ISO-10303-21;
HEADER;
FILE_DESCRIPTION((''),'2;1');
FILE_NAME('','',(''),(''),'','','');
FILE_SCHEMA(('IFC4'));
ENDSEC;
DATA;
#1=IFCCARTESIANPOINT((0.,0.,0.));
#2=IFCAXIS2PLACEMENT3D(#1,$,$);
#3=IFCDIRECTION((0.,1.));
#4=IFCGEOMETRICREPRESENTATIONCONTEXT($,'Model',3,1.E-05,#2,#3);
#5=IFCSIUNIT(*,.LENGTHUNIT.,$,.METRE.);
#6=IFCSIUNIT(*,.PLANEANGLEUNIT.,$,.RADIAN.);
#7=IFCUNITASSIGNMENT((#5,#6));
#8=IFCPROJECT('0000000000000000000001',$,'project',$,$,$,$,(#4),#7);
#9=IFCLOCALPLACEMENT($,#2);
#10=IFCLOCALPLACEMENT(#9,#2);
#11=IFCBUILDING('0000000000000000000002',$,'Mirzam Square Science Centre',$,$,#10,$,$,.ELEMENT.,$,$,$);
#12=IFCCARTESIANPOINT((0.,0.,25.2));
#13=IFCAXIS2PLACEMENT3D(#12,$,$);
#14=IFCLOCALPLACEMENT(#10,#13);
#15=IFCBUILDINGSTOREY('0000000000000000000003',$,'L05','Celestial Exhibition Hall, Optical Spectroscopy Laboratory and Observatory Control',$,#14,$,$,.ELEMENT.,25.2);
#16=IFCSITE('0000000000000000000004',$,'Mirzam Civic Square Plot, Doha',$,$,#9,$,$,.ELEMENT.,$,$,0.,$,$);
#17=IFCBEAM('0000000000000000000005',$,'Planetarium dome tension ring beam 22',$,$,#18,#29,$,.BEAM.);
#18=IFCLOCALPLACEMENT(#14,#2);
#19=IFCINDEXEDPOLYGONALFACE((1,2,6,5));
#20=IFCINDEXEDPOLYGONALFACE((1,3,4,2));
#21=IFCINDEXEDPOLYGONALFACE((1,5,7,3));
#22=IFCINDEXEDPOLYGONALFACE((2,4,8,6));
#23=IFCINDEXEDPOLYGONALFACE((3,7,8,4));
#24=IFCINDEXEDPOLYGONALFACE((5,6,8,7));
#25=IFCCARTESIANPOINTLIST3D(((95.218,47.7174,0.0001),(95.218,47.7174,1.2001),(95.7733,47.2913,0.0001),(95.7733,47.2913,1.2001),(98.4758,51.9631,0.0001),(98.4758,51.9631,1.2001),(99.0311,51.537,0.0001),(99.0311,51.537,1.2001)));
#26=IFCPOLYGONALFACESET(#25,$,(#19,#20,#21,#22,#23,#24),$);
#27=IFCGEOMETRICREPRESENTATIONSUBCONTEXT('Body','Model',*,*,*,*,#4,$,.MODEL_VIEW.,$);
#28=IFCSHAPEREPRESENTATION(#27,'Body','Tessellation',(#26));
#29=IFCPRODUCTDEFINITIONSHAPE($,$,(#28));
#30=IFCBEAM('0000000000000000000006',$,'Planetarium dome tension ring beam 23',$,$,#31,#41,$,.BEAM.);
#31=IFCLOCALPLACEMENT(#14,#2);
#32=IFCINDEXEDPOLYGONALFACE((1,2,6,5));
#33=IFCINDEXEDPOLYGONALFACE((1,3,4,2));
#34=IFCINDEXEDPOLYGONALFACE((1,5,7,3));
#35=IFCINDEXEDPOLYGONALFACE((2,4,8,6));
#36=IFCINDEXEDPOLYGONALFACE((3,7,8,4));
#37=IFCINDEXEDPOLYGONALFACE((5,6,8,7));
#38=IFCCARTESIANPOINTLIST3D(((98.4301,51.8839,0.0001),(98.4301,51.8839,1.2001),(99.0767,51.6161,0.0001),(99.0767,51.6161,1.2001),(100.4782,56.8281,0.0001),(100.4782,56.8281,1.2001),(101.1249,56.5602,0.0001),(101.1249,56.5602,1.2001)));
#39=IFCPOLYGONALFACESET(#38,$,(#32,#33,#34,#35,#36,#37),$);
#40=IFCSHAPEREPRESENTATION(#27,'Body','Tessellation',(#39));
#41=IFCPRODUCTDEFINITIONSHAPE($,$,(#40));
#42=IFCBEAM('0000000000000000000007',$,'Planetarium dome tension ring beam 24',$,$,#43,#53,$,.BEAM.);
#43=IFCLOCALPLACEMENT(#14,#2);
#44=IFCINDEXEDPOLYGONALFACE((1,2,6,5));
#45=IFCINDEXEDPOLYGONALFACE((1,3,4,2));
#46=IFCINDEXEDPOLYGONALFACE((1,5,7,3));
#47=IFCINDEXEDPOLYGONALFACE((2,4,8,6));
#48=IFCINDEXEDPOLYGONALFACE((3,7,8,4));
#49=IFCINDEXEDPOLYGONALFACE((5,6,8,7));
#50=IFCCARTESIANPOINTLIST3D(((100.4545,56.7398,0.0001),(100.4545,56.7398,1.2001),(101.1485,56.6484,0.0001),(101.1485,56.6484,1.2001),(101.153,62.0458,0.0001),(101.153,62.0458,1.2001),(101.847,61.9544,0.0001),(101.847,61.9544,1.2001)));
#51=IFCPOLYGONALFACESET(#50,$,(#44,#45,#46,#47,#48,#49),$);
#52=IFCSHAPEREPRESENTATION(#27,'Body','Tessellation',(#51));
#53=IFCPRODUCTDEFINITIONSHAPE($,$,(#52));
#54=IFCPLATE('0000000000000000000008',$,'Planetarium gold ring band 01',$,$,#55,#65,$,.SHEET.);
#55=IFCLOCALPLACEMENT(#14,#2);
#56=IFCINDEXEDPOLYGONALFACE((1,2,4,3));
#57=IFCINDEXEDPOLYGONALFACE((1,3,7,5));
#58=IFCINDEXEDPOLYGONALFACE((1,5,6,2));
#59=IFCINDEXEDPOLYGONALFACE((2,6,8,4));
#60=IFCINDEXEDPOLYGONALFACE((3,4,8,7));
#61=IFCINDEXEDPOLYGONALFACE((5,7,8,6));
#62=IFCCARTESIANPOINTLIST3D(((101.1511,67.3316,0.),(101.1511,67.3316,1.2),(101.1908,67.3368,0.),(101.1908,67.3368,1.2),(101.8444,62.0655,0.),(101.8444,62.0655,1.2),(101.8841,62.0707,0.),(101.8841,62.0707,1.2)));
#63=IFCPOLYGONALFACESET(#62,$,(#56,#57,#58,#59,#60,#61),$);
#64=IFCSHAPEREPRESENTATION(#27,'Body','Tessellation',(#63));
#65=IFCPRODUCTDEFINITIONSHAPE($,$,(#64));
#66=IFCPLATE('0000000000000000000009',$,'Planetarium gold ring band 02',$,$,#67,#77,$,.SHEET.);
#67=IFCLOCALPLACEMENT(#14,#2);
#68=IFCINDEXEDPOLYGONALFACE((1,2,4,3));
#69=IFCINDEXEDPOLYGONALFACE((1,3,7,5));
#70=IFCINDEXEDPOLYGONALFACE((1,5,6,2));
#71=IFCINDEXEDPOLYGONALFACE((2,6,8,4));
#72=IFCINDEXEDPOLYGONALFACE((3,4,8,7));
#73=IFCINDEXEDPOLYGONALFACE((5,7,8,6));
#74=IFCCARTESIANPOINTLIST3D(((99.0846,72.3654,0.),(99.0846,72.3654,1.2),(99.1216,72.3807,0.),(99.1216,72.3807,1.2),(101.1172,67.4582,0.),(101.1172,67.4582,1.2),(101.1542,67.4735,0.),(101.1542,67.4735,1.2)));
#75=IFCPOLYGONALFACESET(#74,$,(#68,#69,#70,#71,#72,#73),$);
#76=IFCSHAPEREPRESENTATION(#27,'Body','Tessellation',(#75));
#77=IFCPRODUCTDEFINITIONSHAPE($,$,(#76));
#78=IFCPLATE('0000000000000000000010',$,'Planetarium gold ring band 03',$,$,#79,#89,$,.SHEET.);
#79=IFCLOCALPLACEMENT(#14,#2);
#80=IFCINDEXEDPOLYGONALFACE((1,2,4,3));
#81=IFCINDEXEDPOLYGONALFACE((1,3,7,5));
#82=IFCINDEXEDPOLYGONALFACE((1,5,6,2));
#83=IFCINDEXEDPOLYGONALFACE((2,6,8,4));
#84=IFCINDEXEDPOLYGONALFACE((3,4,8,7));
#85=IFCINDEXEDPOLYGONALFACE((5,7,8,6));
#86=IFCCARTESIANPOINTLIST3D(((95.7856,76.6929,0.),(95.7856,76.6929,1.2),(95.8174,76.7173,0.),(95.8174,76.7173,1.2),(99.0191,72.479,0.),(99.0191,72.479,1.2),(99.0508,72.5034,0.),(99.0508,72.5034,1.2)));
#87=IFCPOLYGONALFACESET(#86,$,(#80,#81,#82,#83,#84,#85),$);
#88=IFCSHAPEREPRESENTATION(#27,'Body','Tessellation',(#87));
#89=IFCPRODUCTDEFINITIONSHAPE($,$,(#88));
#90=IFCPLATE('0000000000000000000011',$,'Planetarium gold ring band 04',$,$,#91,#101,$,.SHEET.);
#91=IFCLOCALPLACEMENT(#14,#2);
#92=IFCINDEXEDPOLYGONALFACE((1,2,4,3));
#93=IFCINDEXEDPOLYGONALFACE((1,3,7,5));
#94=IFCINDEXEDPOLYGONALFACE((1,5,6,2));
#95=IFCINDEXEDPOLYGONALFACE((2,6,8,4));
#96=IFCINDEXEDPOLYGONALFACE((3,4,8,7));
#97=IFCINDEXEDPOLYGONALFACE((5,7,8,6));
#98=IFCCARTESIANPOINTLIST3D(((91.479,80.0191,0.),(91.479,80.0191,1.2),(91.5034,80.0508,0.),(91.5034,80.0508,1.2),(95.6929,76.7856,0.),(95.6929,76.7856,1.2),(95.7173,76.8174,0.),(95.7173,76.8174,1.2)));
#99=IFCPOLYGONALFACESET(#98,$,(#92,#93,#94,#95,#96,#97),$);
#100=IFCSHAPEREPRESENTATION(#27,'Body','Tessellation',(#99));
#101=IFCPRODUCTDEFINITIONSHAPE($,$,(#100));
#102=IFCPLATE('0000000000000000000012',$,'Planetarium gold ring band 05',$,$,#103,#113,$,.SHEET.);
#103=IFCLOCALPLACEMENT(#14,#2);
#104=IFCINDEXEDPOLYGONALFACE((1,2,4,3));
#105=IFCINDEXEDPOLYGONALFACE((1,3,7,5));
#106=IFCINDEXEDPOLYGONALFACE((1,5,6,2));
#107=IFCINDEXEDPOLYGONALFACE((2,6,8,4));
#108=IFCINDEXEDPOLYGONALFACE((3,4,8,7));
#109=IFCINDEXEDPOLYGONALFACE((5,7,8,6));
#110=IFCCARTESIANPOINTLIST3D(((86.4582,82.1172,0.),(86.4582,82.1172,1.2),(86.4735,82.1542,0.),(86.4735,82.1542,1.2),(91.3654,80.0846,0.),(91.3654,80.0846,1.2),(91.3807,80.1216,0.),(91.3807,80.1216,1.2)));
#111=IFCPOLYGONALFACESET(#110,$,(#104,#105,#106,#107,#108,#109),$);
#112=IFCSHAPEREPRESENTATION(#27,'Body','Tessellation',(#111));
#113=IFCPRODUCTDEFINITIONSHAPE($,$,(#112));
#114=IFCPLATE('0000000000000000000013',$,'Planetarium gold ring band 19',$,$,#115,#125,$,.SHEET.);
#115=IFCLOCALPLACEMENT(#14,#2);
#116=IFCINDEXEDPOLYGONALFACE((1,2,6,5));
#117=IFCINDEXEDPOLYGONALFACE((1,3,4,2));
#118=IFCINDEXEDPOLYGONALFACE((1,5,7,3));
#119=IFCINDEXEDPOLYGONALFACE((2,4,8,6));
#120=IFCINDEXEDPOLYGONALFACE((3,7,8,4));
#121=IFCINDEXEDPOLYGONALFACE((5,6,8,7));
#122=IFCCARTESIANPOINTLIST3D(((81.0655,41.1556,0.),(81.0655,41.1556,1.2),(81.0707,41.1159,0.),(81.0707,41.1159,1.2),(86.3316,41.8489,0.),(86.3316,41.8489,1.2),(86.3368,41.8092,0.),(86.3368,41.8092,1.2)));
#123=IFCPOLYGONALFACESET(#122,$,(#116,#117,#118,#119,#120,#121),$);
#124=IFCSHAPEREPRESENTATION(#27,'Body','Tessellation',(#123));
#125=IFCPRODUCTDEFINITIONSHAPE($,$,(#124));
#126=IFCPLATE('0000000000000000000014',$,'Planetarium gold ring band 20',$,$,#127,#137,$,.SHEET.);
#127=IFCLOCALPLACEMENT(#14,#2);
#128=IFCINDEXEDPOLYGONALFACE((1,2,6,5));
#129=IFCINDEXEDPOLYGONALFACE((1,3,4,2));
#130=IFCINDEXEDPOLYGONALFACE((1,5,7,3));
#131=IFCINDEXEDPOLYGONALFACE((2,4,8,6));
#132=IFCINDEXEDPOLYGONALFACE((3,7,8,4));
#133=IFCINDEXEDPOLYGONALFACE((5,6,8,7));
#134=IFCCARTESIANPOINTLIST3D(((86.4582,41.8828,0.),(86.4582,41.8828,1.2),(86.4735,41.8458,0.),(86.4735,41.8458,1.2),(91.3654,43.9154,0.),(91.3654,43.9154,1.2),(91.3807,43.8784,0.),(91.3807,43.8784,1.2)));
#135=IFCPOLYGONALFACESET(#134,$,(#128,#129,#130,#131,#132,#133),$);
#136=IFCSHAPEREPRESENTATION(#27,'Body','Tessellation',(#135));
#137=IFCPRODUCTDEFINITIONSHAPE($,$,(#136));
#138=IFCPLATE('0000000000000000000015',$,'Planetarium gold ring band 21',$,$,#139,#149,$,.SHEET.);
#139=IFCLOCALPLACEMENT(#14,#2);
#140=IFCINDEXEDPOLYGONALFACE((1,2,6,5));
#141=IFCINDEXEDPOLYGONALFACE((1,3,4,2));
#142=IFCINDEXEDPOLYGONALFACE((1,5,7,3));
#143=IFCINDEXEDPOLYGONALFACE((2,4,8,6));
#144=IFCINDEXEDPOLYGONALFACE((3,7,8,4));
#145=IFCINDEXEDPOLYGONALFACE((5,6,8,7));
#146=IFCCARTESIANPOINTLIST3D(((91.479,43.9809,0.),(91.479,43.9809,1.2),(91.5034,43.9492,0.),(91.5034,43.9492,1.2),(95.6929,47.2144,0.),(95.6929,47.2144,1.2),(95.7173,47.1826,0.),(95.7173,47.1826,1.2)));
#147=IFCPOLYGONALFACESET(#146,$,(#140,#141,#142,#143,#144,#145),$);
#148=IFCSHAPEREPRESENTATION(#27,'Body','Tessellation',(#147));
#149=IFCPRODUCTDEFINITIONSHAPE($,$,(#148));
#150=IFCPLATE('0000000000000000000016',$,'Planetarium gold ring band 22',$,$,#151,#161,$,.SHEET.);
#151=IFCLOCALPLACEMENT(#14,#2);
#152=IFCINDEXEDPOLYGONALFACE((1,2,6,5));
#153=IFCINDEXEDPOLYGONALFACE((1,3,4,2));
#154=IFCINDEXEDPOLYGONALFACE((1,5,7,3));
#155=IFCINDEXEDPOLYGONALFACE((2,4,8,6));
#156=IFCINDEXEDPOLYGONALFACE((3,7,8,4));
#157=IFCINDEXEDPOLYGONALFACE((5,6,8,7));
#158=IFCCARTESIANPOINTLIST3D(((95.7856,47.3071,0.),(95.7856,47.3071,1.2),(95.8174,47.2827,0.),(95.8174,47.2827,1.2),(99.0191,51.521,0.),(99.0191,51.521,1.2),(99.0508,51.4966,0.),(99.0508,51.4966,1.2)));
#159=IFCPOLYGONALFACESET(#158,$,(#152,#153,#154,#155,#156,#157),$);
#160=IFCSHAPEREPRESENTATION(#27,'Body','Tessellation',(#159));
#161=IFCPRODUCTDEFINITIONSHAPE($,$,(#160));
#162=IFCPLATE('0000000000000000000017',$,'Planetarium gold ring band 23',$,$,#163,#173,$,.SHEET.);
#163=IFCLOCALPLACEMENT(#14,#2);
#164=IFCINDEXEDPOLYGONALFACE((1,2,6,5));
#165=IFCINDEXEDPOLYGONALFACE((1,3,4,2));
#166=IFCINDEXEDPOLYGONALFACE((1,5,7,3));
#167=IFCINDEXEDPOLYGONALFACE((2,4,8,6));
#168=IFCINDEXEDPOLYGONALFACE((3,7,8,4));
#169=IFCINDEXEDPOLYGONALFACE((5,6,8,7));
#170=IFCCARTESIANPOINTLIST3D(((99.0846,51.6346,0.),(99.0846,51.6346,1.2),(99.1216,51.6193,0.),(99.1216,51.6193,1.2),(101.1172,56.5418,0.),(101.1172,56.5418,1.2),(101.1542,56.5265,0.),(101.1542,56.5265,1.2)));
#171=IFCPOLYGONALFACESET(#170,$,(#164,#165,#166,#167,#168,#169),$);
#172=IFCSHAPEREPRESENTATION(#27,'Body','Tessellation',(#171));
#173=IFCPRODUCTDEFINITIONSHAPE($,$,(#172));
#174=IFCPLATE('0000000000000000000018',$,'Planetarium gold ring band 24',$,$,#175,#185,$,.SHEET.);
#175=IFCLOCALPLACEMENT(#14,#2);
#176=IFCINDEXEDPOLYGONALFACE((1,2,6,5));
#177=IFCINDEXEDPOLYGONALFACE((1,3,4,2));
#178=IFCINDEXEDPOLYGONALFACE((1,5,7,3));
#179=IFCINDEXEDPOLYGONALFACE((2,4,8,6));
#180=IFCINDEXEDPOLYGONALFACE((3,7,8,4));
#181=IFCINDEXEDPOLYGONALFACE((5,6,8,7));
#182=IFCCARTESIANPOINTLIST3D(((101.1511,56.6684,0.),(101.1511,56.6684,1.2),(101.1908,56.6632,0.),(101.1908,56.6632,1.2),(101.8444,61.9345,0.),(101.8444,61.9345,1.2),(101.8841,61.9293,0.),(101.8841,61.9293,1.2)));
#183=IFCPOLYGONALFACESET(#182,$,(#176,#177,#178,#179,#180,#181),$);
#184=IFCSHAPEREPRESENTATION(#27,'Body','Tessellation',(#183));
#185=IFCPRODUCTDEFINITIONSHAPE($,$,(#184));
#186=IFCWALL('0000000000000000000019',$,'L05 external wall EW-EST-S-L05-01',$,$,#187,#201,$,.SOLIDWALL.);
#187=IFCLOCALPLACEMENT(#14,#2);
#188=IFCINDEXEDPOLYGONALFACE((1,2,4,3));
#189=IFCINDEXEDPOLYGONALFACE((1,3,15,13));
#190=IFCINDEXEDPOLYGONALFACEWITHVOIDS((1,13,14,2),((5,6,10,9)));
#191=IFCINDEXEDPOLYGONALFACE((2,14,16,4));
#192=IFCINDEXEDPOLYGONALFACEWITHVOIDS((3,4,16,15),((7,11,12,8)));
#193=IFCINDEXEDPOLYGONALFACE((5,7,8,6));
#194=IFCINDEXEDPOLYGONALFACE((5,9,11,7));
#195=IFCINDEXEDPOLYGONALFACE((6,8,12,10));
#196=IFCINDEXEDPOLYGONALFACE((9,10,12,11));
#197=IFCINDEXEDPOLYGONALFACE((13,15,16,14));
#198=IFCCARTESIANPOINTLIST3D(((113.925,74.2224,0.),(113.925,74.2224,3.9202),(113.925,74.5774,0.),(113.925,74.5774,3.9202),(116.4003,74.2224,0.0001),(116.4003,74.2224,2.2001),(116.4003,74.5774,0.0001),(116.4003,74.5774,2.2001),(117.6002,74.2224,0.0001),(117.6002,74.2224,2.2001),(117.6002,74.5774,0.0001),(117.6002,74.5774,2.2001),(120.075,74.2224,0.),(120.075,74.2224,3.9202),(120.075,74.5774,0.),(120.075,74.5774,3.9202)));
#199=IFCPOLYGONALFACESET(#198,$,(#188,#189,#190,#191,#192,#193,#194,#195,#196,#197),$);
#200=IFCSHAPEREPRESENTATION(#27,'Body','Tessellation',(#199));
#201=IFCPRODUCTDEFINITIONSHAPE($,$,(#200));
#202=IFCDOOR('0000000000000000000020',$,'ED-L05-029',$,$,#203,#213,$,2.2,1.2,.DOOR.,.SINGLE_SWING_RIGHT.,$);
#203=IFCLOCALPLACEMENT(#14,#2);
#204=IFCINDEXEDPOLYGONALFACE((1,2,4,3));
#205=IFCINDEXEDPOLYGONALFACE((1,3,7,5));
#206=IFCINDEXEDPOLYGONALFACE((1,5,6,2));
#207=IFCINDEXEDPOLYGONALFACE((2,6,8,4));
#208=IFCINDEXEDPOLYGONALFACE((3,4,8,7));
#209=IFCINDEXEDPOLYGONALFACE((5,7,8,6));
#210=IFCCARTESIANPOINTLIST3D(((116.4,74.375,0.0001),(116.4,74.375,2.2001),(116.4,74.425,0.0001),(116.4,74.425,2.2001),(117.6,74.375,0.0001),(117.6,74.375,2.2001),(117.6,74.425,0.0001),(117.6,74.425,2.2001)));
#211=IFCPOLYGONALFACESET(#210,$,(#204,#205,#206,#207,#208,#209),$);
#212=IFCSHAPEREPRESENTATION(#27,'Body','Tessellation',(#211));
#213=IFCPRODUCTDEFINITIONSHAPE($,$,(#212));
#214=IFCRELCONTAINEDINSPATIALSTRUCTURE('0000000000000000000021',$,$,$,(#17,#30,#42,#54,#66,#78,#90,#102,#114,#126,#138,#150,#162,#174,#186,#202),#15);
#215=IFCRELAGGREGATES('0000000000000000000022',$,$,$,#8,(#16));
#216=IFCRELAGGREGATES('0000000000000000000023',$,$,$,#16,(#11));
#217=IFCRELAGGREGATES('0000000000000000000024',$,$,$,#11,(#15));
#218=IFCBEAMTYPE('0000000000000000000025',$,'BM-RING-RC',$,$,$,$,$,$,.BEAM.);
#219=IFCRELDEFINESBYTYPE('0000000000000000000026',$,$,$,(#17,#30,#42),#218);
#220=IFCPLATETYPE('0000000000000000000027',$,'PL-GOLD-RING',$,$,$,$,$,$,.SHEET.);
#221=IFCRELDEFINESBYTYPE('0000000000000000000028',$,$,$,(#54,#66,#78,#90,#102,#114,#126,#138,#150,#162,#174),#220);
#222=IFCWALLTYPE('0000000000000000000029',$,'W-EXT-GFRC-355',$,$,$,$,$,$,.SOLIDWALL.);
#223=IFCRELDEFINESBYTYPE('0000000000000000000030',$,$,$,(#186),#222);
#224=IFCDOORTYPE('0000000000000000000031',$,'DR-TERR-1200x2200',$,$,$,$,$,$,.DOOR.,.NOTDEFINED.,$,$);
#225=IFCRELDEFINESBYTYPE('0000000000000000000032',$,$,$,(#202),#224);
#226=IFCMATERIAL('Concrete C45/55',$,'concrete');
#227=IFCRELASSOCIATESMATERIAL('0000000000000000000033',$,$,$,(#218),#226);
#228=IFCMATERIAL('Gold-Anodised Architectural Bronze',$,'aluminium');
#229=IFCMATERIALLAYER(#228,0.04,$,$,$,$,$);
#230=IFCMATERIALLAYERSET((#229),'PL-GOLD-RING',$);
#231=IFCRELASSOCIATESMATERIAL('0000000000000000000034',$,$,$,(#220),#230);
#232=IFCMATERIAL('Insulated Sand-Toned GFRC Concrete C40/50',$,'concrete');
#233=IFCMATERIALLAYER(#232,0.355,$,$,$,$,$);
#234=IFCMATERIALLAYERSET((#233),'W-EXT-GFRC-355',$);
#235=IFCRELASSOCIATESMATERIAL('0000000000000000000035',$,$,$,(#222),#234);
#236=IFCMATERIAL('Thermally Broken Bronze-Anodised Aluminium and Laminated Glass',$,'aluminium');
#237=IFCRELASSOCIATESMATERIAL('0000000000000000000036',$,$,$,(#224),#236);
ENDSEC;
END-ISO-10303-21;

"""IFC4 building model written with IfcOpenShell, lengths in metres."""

from ifc_helpers import new_model, si_unit, direction, frame, frame_2d, origin, origin_2d, place, context, subcontext, project, spatial, rectangle, extrude, material, layer, layer_set, material_profile, profile_set, type_object, element, fill, save


model = new_model("IFC4")

# Units and contexts
model_context = context("Model", 3, precision=1e-05, world=origin(), true_north=direction((0.0, 1.0)))
body_context = subcontext(model_context, "Body", "Model", "MODEL_VIEW")
ifc_project = project(units=[si_unit("LENGTHUNIT", "METRE"), si_unit("PLANEANGLEUNIT", "RADIAN")], contexts=[model_context])

# Site, building, storey
site_placement = place(None, origin())
site = spatial("IfcSite", under=ifc_project, at=site_placement, Name="Mirzam Civic Square Plot, Doha", CompositionType="ELEMENT", RefElevation=0.0)
building_placement = place(site_placement, origin())
building = spatial("IfcBuilding", under=site, at=building_placement, Name="Mirzam Square Science Centre", CompositionType="ELEMENT")
storey_placement = place(building_placement, frame((0.0, 0.0, 25.2)))
storey = spatial("IfcBuildingStorey", under=building, at=storey_placement, Name="L05", Description="Celestial Exhibition Hall, Optical Spectroscopy Laboratory and Observatory Control", CompositionType="ELEMENT", Elevation=25.2)

# Beams
ifc_material_1 = material(Name="Concrete C45/55", Category="concrete")
ifc_material_profile_1 = material_profile(ifc_material_1, rectangle(XDim=0.7, YDim=1.2, at=origin_2d()), Name="RC700x1200")
ifc_profile_set_1 = profile_set([ifc_material_profile_1], Name="Concrete C45/55")
beam_type = type_object("IfcBeamType", Name="BM-RING-RC", PredefinedType="BEAM", material=ifc_profile_set_1)
for number, where, z_axis, x_axis, name in (
    (1, (95.4956, 47.5044, 0.6001), (0.608767, 0.793349, 0.0), (-0.793349, 0.608767, 0.0), "Planetarium dome tension ring beam 22"),
    (2, (98.7534, 51.75, 0.6001), (0.382713, 0.923867, 0.0), (-0.923867, 0.382713, 0.0), "Planetarium dome tension ring beam 23"),
):
    element("IfcBeam", number, at=place(storey_placement, frame(where, z_axis=z_axis, x_axis=x_axis)), inside=storey, type_object=beam_type, Name=name, PredefinedType="BEAM", context=body_context, shape_type="SweptSolid", body=[
        extrude(rectangle(XDim=0.7, YDim=1.2, at=origin_2d()), origin(), (0.0, 0.0, 1.0), 5.3516),
    ])
beam_1_placement = place(storey_placement, frame((100.8015, 56.6941, 0.6001), z_axis=(0.130517, 0.991446, 0.0), x_axis=(-0.991446, 0.130517, 0.0)))
element("IfcBeam", 3, at=beam_1_placement, inside=storey, type_object=beam_type, Name="Planetarium dome tension ring beam 24", PredefinedType="BEAM", context=body_context, shape_type="SweptSolid", body=[
    extrude(rectangle(XDim=0.7, YDim=1.2, at=origin_2d()), origin(), (0.0, 0.0, 1.0), 5.3518),
])

# Plates
ifc_material_2 = material(Name="Gold-Anodised Architectural Bronze", Category="aluminium")
ifc_layer_1 = layer(ifc_material_2, 0.04)
ifc_layer_set_1 = layer_set([ifc_layer_1], Name="PL-GOLD-RING")
plate_type = type_object("IfcPlateType", Name="PL-GOLD-RING", PredefinedType="SHEET", material=ifc_layer_set_1)
for number, where, z_axis, x_axis, name in (
    (4, (101.5176, 64.7012, 0.0), (0.0, 0.0, 1.0), (-0.130526, 0.991445, 0.0), "Planetarium gold ring band 01"),
    (5, (100.1194, 69.9194, 0.0), (0.0, 0.0, 1.0), (-0.382683, 0.92388, 0.0), "Planetarium gold ring band 02"),
    (6, (97.4182, 74.5981, 0.0), (0.0, 0.0, 1.0), (-0.608761, 0.793353, 0.0), "Planetarium gold ring band 03"),
    (7, (93.5981, 78.4182, 0.0), (0.0, 0.0, 1.0), (-0.793353, 0.608761, 0.0), "Planetarium gold ring band 04"),
    (8, (88.9194, 81.1194, 0.0), (0.0, 0.0, 1.0), (-0.92388, 0.382683, 0.0), "Planetarium gold ring band 05"),
    (9, (83.7012, 41.4824, 0.0), (0.0, 0.0, 1.0), (0.991445, 0.130526, 0.0), "Planetarium gold ring band 19"),
    (10, (88.9194, 42.8806, 0.0), (0.0, 0.0, 1.0), (0.92388, 0.382683, 0.0), "Planetarium gold ring band 20"),
    (11, (93.5981, 45.5818, 0.0), (0.0, 0.0, 1.0), (0.793353, 0.608761, 0.0), "Planetarium gold ring band 21"),
    (12, (97.4182, 49.4019, 0.0), (0.0, 0.0, 1.0), (0.608761, 0.793353, 0.0), "Planetarium gold ring band 22"),
    (13, (100.1194, 54.0806, 0.0), (0.0, 0.0, 1.0), (0.382683, 0.92388, 0.0), "Planetarium gold ring band 23"),
    (14, (101.5176, 59.2988, 0.0), (0.0, 0.0, 1.0), (0.130526, 0.991445, 0.0), "Planetarium gold ring band 24"),
):
    element("IfcPlate", number, at=place(storey_placement, frame(where, z_axis=z_axis, x_axis=x_axis)), inside=storey, type_object=plate_type, Name=name, PredefinedType="SHEET", context=body_context, shape_type="SweptSolid", body=[
        extrude(rectangle(XDim=5.3115, YDim=0.04, at=origin_2d()), origin(), (0.0, 0.0, 1.0), 1.2),
    ])

# Wall, opening, door
ifc_material_3 = material(Name="Insulated Sand-Toned GFRC Concrete C40/50", Category="concrete")
ifc_layer_2 = layer(ifc_material_3, 0.355)
ifc_layer_set_2 = layer_set([ifc_layer_2], Name="W-EXT-GFRC-355")
wall_type = type_object("IfcWallType", Name="W-EXT-GFRC-355", PredefinedType="SOLIDWALL", material=ifc_layer_set_2)
wall_placement = place(storey_placement, frame((113.925, 74.3999, 0.0), z_axis=(0.0, 0.0, 1.0), x_axis=(1.0, 0.0, 0.0)))
wall = element("IfcWall", 15, at=wall_placement, inside=storey, type_object=wall_type, Name="L05 external wall EW-EST-S-L05-01", PredefinedType="SOLIDWALL", context=body_context, shape_type="SweptSolid", body=[
    extrude(rectangle(XDim=6.1499, YDim=0.355, at=frame_2d((3.075, 0.0))), origin(), (0.0, 0.0, 1.0), 3.9202),
])
opening_placement = place(wall_placement, frame((2.4751, 0.0, 0.0)))
opening = element("IfcOpeningElement", 16, at=opening_placement, cuts=wall, PredefinedType="OPENING", context=body_context, shape_type="SweptSolid", body=[
    extrude(rectangle(XDim=1.2, YDim=2.2, at=frame_2d((0.6001, 1.1001))), frame((0.0, 0.1875, 0.0), z_axis=(0.0, -1.0, 0.0), x_axis=(1.0, 0.0, 0.0)), (0.0, 0.0, 1.0), 0.375),
])
ifc_material_4 = material(Name="Thermally Broken Bronze-Anodised Aluminium and Laminated Glass", Category="aluminium")
door_type = type_object("IfcDoorType", Name="DR-TERR-1200x2200", OperationType="NOTDEFINED", PredefinedType="DOOR", material=ifc_material_4)
door_placement = place(opening_placement, frame((1.2, 0.0, 0.0), z_axis=(0.0, 0.0, 1.0), x_axis=(-1.0, 0.0, 0.0)))
door = element("IfcDoor", 17, at=door_placement, inside=storey, type_object=door_type, Name="ED-L05-029", OperationType="SINGLE_SWING_RIGHT", OverallHeight=2.2, OverallWidth=1.2, PredefinedType="DOOR", context=body_context, shape_type="SweptSolid", body=[
    extrude(rectangle(XDim=1.2, YDim=2.2, at=frame_2d((0.6001, 1.1001))), frame((0.0, 0.0249, 0.0), z_axis=(0.0, -1.0, 0.0), x_axis=(1.0, 0.0, 0.0)), (0.0, 0.0, 1.0), 0.05),
])
fill(opening, door)

save(model, "model.ifc")
